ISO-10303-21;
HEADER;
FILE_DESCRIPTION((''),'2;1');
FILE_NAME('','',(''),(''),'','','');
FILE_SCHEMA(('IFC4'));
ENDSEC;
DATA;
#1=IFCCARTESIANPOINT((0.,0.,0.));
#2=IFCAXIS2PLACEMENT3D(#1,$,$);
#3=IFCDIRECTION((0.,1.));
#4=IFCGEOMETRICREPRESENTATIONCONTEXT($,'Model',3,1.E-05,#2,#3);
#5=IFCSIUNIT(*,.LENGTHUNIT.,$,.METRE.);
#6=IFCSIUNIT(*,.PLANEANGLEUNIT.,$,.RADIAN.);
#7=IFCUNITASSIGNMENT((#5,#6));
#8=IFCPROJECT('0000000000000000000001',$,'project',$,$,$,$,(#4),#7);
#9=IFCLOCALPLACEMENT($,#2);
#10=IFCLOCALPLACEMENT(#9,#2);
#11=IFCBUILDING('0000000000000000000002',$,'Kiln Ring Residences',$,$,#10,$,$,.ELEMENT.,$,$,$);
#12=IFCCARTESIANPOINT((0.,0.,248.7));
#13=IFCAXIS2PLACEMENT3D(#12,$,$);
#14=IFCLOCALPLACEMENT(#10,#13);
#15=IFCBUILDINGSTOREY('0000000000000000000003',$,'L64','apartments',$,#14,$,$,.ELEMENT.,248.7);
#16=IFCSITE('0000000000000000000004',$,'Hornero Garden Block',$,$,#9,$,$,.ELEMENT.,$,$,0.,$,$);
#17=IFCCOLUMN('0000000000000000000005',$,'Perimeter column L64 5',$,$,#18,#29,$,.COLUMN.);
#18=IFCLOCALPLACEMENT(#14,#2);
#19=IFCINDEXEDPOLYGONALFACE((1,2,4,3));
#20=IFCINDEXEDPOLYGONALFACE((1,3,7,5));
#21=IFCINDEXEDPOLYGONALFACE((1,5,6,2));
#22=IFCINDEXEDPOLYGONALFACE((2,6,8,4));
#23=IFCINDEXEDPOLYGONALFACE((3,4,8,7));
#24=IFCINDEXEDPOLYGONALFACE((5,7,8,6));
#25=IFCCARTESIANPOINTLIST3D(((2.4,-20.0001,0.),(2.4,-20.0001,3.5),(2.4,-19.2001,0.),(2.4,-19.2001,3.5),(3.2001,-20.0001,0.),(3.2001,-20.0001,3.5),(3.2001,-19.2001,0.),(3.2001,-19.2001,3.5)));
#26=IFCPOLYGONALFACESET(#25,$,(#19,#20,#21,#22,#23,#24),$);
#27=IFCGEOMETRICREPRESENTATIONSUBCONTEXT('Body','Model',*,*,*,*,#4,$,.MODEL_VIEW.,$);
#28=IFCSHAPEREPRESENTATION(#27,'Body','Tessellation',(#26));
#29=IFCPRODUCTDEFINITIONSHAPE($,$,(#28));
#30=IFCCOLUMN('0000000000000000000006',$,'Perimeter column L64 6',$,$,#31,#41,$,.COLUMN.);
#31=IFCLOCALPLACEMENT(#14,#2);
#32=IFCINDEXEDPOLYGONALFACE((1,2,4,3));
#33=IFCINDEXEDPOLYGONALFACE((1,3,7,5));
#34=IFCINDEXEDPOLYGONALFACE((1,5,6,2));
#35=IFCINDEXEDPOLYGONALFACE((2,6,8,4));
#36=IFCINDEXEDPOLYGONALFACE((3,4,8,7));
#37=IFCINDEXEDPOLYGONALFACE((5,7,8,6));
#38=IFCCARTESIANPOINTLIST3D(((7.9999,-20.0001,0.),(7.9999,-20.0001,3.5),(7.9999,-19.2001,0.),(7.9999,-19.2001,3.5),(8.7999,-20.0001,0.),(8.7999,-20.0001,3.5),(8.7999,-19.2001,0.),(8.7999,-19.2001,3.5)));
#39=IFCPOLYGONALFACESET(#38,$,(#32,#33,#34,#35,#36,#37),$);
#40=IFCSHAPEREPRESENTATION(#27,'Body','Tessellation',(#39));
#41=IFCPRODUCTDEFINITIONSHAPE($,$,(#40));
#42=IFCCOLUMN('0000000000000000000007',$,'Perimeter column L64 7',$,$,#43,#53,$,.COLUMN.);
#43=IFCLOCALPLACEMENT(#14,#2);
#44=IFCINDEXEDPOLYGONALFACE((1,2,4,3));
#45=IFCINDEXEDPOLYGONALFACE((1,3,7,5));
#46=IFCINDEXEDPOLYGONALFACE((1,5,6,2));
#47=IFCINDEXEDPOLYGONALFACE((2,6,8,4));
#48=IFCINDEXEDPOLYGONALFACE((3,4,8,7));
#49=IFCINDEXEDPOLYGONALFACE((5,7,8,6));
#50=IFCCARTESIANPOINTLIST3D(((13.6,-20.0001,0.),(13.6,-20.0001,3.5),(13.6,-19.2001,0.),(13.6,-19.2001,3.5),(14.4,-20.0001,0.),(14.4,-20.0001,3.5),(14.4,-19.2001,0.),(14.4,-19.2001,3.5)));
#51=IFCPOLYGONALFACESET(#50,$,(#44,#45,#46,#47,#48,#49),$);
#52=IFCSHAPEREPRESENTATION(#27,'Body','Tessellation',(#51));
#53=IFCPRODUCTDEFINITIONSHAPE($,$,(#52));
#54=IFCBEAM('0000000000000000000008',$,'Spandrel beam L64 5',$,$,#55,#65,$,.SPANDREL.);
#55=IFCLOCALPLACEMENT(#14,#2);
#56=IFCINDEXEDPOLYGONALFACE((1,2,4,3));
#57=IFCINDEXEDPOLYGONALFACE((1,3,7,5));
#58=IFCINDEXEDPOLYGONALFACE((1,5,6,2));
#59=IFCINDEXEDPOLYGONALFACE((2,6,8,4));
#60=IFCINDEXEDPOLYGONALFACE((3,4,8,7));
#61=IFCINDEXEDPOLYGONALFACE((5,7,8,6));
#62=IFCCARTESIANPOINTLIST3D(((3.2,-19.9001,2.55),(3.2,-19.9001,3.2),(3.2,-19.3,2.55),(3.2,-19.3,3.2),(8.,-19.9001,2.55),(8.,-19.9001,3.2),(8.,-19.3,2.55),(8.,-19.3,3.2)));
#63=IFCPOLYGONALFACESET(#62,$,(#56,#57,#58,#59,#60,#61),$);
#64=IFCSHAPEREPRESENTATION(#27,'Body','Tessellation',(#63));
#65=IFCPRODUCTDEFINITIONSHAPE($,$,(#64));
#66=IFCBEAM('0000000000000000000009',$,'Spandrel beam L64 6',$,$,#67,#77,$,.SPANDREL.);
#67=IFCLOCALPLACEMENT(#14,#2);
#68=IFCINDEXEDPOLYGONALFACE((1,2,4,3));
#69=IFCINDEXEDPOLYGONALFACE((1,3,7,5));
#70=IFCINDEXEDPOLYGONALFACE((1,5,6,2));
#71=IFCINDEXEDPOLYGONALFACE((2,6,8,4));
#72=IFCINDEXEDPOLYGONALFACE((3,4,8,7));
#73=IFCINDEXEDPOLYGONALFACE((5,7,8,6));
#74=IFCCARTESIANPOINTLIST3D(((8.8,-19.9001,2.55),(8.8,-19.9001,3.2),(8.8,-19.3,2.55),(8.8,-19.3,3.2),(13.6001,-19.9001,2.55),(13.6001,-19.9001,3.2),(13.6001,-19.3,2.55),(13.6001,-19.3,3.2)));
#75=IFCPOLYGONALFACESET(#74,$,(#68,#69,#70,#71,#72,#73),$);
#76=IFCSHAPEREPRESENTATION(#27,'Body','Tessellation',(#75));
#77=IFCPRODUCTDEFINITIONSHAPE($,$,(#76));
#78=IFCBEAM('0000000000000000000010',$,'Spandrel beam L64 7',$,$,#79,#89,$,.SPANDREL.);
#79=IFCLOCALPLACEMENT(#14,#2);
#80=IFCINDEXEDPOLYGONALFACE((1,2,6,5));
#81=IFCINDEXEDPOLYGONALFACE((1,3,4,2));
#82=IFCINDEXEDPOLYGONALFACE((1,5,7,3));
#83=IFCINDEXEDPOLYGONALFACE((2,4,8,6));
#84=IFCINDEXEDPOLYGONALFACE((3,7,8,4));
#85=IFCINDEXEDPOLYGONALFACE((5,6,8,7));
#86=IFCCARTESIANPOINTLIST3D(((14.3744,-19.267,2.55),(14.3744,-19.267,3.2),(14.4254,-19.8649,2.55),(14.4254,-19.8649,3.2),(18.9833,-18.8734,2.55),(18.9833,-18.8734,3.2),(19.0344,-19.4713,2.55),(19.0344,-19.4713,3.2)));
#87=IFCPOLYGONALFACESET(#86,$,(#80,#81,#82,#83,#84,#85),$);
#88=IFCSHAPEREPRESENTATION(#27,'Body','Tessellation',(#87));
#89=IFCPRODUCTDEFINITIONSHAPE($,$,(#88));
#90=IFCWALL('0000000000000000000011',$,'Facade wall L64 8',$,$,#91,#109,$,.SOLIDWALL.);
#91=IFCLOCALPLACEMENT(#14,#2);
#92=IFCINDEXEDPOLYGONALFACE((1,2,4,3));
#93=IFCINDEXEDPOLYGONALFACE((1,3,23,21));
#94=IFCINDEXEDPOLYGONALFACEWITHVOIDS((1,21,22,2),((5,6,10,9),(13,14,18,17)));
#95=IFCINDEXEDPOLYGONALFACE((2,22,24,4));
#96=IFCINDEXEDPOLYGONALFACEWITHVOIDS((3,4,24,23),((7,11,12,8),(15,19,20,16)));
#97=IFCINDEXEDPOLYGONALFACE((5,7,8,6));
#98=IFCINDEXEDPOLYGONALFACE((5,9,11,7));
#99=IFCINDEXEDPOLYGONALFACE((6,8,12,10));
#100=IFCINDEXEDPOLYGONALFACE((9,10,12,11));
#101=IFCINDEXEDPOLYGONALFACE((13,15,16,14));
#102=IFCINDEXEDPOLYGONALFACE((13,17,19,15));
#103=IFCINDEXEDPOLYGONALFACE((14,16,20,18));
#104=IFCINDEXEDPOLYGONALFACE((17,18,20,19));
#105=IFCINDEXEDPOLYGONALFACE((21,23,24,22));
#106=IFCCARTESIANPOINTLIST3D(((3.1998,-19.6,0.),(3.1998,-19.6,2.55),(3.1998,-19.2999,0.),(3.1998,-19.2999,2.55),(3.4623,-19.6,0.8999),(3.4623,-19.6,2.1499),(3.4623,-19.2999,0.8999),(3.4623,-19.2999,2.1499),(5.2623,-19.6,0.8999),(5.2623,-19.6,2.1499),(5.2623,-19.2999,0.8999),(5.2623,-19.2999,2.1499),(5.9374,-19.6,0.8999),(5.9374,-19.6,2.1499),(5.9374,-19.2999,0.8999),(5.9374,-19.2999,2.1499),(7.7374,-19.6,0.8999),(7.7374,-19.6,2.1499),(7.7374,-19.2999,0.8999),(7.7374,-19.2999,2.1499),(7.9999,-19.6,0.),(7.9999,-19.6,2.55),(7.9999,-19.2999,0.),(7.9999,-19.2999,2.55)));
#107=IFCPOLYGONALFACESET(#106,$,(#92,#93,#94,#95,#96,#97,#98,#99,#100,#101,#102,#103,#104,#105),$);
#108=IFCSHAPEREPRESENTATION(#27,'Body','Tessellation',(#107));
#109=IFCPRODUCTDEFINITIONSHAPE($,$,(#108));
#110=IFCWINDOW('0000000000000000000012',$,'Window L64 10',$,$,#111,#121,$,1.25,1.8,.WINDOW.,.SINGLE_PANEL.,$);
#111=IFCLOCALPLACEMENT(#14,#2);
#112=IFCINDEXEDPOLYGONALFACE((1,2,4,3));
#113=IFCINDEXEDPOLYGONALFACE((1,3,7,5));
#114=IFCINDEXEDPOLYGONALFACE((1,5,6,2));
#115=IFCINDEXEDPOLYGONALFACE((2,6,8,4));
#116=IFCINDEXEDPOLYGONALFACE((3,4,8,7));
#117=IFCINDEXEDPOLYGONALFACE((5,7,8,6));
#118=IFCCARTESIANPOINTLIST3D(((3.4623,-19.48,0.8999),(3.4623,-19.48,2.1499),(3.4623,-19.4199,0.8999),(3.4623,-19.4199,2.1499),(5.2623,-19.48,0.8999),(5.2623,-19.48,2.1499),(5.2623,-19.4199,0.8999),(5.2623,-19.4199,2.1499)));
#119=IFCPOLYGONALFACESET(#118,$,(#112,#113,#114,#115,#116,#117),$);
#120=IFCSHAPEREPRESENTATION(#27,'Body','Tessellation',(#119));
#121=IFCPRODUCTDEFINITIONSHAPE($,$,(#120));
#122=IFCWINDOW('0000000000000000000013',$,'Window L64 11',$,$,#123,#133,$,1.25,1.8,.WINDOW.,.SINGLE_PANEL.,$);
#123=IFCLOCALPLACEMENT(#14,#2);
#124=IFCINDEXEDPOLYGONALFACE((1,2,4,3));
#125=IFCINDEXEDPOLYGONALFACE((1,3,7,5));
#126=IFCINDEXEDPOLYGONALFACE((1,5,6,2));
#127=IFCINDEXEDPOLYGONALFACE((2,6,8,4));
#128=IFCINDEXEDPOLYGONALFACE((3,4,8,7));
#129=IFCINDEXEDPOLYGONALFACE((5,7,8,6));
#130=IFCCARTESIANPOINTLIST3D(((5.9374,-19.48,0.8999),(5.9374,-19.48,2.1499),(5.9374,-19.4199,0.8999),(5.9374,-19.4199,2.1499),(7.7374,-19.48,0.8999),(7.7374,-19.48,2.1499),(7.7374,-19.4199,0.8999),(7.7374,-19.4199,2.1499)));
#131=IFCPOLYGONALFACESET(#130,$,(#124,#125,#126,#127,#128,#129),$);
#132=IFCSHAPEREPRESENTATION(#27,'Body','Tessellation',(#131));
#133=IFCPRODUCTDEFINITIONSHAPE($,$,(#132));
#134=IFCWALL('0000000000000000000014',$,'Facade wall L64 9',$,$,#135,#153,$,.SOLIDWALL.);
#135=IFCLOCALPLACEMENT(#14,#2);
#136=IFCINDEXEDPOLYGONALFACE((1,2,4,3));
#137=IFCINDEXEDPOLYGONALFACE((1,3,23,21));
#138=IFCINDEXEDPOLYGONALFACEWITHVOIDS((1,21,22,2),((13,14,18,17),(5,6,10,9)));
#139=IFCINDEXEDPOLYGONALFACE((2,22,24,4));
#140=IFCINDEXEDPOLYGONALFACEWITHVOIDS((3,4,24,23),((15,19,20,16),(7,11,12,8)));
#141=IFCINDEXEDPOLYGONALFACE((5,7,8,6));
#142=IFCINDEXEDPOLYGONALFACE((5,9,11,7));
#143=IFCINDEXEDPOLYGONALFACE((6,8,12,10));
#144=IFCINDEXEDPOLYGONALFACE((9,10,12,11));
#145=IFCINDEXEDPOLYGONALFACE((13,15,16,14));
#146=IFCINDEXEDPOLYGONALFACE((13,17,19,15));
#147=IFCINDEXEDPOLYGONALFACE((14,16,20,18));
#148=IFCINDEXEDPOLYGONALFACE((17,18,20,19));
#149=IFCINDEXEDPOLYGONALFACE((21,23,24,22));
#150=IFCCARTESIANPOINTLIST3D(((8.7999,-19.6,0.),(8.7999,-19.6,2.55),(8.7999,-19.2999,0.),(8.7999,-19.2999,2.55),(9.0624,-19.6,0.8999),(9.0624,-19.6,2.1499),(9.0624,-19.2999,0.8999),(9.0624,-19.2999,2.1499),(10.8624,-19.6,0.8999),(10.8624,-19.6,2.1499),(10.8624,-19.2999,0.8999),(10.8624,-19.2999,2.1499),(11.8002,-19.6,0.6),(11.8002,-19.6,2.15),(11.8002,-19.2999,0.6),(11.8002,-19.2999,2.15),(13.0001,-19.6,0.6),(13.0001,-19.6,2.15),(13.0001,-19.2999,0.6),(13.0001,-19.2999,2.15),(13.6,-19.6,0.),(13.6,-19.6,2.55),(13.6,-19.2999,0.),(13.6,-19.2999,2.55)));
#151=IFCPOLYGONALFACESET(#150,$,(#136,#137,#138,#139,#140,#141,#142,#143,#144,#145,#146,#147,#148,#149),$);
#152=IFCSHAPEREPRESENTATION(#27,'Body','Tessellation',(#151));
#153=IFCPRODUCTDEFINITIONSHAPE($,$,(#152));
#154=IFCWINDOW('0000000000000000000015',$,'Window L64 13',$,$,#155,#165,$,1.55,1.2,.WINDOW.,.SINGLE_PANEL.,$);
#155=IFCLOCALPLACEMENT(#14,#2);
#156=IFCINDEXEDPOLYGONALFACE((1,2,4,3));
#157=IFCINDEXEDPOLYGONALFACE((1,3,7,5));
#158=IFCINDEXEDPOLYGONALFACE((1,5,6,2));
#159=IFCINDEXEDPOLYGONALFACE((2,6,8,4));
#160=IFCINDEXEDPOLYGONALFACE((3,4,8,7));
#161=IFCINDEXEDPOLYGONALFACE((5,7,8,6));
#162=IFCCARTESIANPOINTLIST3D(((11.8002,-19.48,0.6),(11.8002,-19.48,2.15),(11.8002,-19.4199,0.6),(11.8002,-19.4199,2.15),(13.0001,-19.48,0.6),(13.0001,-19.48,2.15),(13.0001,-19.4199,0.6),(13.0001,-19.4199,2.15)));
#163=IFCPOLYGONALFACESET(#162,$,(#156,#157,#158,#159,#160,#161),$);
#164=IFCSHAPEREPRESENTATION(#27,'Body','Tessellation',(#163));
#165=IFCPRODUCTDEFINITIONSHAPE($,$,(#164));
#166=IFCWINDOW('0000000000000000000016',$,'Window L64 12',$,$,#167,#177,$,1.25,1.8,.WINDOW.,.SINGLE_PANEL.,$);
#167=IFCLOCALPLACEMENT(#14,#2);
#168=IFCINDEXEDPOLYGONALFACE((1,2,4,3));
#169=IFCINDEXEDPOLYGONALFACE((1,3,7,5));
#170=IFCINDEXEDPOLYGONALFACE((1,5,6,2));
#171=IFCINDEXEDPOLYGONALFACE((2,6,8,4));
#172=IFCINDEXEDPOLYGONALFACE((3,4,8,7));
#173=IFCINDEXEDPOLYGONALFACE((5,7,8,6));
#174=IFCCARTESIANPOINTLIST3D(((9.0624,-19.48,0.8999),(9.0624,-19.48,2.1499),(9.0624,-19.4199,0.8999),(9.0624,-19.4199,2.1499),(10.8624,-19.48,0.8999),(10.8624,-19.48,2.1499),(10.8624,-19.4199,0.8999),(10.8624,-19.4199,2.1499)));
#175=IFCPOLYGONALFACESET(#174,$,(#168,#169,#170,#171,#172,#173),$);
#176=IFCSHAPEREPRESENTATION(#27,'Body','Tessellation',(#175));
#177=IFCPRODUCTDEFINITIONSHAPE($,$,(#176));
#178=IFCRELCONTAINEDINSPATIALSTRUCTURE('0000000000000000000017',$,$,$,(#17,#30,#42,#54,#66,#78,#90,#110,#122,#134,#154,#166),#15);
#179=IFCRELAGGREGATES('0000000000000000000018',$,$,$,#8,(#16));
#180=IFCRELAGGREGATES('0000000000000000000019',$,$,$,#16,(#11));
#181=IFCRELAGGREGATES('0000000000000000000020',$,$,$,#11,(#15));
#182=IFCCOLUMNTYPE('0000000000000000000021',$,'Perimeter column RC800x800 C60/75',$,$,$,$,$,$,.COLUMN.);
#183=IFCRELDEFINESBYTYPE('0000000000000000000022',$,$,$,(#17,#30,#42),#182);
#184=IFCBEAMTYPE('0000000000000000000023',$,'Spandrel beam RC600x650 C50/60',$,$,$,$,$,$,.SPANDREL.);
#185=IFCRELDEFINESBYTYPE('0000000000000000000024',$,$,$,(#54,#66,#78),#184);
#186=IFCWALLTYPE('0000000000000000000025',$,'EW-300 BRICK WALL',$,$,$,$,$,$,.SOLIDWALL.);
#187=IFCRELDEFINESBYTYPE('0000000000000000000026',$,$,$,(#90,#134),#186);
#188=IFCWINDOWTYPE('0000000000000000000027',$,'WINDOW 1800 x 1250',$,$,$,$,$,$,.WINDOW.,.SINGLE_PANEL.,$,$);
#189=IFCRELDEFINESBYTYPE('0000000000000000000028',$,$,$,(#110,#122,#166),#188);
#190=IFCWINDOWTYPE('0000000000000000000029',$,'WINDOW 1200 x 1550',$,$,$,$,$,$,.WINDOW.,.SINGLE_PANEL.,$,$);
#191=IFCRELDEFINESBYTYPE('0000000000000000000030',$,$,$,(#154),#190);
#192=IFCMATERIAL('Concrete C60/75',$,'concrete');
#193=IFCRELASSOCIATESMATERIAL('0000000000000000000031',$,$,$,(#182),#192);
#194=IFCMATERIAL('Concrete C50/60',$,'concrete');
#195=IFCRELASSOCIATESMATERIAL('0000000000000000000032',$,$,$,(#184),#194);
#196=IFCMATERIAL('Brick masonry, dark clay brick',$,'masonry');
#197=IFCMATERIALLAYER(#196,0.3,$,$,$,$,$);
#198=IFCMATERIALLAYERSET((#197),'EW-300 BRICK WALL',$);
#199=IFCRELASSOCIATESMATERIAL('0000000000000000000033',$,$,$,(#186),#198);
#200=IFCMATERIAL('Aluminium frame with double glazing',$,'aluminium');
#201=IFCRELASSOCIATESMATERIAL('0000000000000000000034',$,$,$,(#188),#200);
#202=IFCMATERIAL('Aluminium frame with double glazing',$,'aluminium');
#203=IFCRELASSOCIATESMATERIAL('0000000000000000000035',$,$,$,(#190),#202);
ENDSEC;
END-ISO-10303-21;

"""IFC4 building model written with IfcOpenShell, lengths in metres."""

from ifc_helpers import new_model, si_unit, direction, frame, frame_2d, origin, origin_2d, place, context, subcontext, project, spatial, rectangle, extrude, material, layer, layer_set, material_profile, profile_set, type_object, element, fill, save


model = new_model("IFC4")

# Units and contexts
model_context = context("Model", 3, precision=1e-05, world=origin(), true_north=direction((0.0, 1.0)))
body_context = subcontext(model_context, "Body", "Model", "MODEL_VIEW")
ifc_project = project(units=[si_unit("LENGTHUNIT", "METRE"), si_unit("PLANEANGLEUNIT", "RADIAN")], contexts=[model_context])

# Site, building, storey
site_placement = place(None, origin())
site = spatial("IfcSite", under=ifc_project, at=site_placement, Name="Hornero Garden Block", CompositionType="ELEMENT", RefElevation=0.0)
building_placement = place(site_placement, origin())
building = spatial("IfcBuilding", under=site, at=building_placement, Name="Kiln Ring Residences", CompositionType="ELEMENT")
storey_placement = place(building_placement, frame((0.0, 0.0, 248.7)))
storey = spatial("IfcBuildingStorey", under=building, at=storey_placement, Name="L64", Description="apartments", CompositionType="ELEMENT", Elevation=248.7)

# Columns
ifc_material_1 = material(Name="Concrete C60/75", Category="concrete")
ifc_material_profile_1 = material_profile(ifc_material_1, rectangle(XDim=0.8, YDim=0.8, at=origin_2d()), Name="RC800x800")
ifc_profile_set_1 = profile_set([ifc_material_profile_1], Name="Concrete C60/75")
column_type = type_object("IfcColumnType", Name="Perimeter column RC800x800 C60/75", PredefinedType="COLUMN", material=ifc_profile_set_1)
for number, where, z_axis, x_axis, name in (
    (1, (2.8, -19.6001, 0.0), (0.0, 0.0, 1.0), (1.0, 0.0, 0.0), "Perimeter column L64 5"),
    (2, (8.3999, -19.6001, 0.0), (0.0, 0.0, 1.0), (1.0, 0.0, 0.0), "Perimeter column L64 6"),
    (3, (14.0, -19.6001, 0.0), (0.0, 0.0, 1.0), (1.0, 0.0, 0.0), "Perimeter column L64 7"),
):
    element("IfcColumn", number, at=place(storey_placement, frame(where, z_axis=z_axis, x_axis=x_axis)), inside=storey, type_object=column_type, Name=name, PredefinedType="COLUMN", context=body_context, shape_type="SweptSolid", body=[
        extrude(rectangle(XDim=0.8, YDim=0.8, at=origin_2d()), origin(), (0.0, 0.0, 1.0), 3.5),
    ])

# Beams
ifc_material_2 = material(Name="Concrete C50/60", Category="concrete")
ifc_material_profile_2 = material_profile(ifc_material_2, rectangle(XDim=0.6001, YDim=0.6499, at=origin_2d()), Name="RC600x650")
ifc_profile_set_2 = profile_set([ifc_material_profile_2], Name="Concrete C50/60")
beam_type = type_object("IfcBeamType", Name="Spandrel beam RC600x650 C50/60", PredefinedType="SPANDREL", material=ifc_profile_set_2)
for number, where, z_axis, x_axis, name in (
    (4, (3.2, -19.6001, 2.875), (1.0, 0.0, 0.0), (0.0, 1.0, 0.0), "Spandrel beam L64 5"),
    (5, (8.8, -19.6001, 2.875), (1.0, 0.0, 0.0), (0.0, 1.0, 0.0), "Spandrel beam L64 6"),
):
    element("IfcBeam", number, at=place(storey_placement, frame(where, z_axis=z_axis, x_axis=x_axis)), inside=storey, type_object=beam_type, Name=name, PredefinedType="SPANDREL", context=body_context, shape_type="SweptSolid", body=[
        extrude(rectangle(XDim=0.6001, YDim=0.6499, at=origin_2d()), origin(), (0.0, 0.0, 1.0), 4.8),
    ])
beam_placement = place(storey_placement, frame((14.3999, -19.5659, 2.875), z_axis=(0.996374, 0.085081, 0.0), x_axis=(-0.085081, 0.996374, 0.0)))
element("IfcBeam", 6, at=beam_placement, inside=storey, type_object=beam_type, Name="Spandrel beam L64 7", PredefinedType="SPANDREL", context=body_context, shape_type="SweptSolid", body=[
    extrude(rectangle(XDim=0.6001, YDim=0.6499, at=origin_2d()), origin(), (0.0, 0.0, 1.0), 4.6257),
])

# Walls, openings, windows
ifc_material_3 = material(Name="Brick masonry, dark clay brick", Category="masonry")
ifc_layer_1 = layer(ifc_material_3, 0.3)
ifc_layer_set_1 = layer_set([ifc_layer_1], Name="EW-300 BRICK WALL")
wall_type_1 = type_object("IfcWallType", Name="EW-300 BRICK WALL", PredefinedType="SOLIDWALL", material=ifc_layer_set_1)
wall_1_placement = place(storey_placement, frame((3.2, -19.45, 0.0), z_axis=(0.0, 0.0, 1.0), x_axis=(1.0, 0.0, 0.0)))
wall_1 = element("IfcWall", 7, at=wall_1_placement, inside=storey, type_object=wall_type_1, Name="Facade wall L64 8", PredefinedType="SOLIDWALL", context=body_context, shape_type="SweptSolid", body=[
    extrude(rectangle(XDim=4.8, YDim=0.3, at=frame_2d((2.3999, 0.0))), origin(), (0.0, 0.0, 1.0), 2.55),
])
opening_1_placement = place(wall_1_placement, frame((0.2625, 0.0, 0.8999)))
opening_1 = element("IfcOpeningElement", 8, at=opening_1_placement, cuts=wall_1, PredefinedType="OPENING", context=body_context, shape_type="SweptSolid", body=[
    extrude(rectangle(XDim=1.8, YDim=1.25, at=frame_2d((0.8999, 0.625))), frame((0.0, 0.1599, 0.0), z_axis=(0.0, -1.0, 0.0), x_axis=(1.0, 0.0, 0.0)), (0.0, 0.0, 1.0), 0.3201),
])
opening_2_placement = place(wall_1_placement, frame((2.7375, 0.0, 0.8999)))
opening_2 = element("IfcOpeningElement", 9, at=opening_2_placement, cuts=wall_1, PredefinedType="OPENING", context=body_context, shape_type="SweptSolid", body=[
    extrude(rectangle(XDim=1.8, YDim=1.25, at=frame_2d((0.8999, 0.625))), frame((0.0, 0.1599, 0.0), z_axis=(0.0, -1.0, 0.0), x_axis=(1.0, 0.0, 0.0)), (0.0, 0.0, 1.0), 0.3201),
])
ifc_material_4 = material(Name="Aluminium frame with double glazing", Category="aluminium")
window_type_1 = type_object("IfcWindowType", Name="WINDOW 1800 x 1250", PartitioningType="SINGLE_PANEL", PredefinedType="WINDOW", material=ifc_material_4)
window_1_placement = place(opening_1_placement, origin())
window_1 = element("IfcWindow", 10, at=window_1_placement, inside=storey, type_object=window_type_1, Name="Window L64 10", OverallHeight=1.25, OverallWidth=1.8, PartitioningType="SINGLE_PANEL", PredefinedType="WINDOW", context=body_context, shape_type="SweptSolid", body=[
    extrude(rectangle(XDim=1.8, YDim=1.25, at=frame_2d((0.8999, 0.625))), frame((0.0, 0.03, 0.0), z_axis=(0.0, -1.0, 0.0), x_axis=(1.0, 0.0, 0.0)), (0.0, 0.0, 1.0), 0.0601),
])
fill(opening_1, window_1)
window_2_placement = place(opening_2_placement, origin())
window_2 = element("IfcWindow", 11, at=window_2_placement, inside=storey, type_object=window_type_1, Name="Window L64 11", OverallHeight=1.25, OverallWidth=1.8, PartitioningType="SINGLE_PANEL", PredefinedType="WINDOW", context=body_context, shape_type="SweptSolid", body=[
    extrude(rectangle(XDim=1.8, YDim=1.25, at=frame_2d((0.8999, 0.625))), frame((0.0, 0.03, 0.0), z_axis=(0.0, -1.0, 0.0), x_axis=(1.0, 0.0, 0.0)), (0.0, 0.0, 1.0), 0.0601),
])
fill(opening_2, window_2)
wall_2_placement = place(storey_placement, frame((8.8, -19.45, 0.0), z_axis=(0.0, 0.0, 1.0), x_axis=(1.0, 0.0, 0.0)))
wall_2 = element("IfcWall", 12, at=wall_2_placement, inside=storey, type_object=wall_type_1, Name="Facade wall L64 9", PredefinedType="SOLIDWALL", context=body_context, shape_type="SweptSolid", body=[
    extrude(rectangle(XDim=4.8, YDim=0.3, at=frame_2d((2.3999, 0.0))), origin(), (0.0, 0.0, 1.0), 2.55),
])
opening_3_placement = place(wall_2_placement, frame((0.2625, 0.0, 0.8999)))
opening_3 = element("IfcOpeningElement", 13, at=opening_3_placement, cuts=wall_2, PredefinedType="OPENING", context=body_context, shape_type="SweptSolid", body=[
    extrude(rectangle(XDim=1.8, YDim=1.25, at=frame_2d((0.8999, 0.625))), frame((0.0, 0.1599, 0.0), z_axis=(0.0, -1.0, 0.0), x_axis=(1.0, 0.0, 0.0)), (0.0, 0.0, 1.0), 0.3201),
])
opening_4_placement = place(wall_2_placement, frame((3.0, 0.0, 0.6001)))
opening_4 = element("IfcOpeningElement", 14, at=opening_4_placement, cuts=wall_2, PredefinedType="OPENING", context=body_context, shape_type="SweptSolid", body=[
    extrude(rectangle(XDim=1.2, YDim=1.55, at=frame_2d((0.6001, 0.7749))), frame((0.0, 0.1599, 0.0), z_axis=(0.0, -1.0, 0.0), x_axis=(1.0, 0.0, 0.0)), (0.0, 0.0, 1.0), 0.3201),
])
ifc_material_5 = material(Name="Aluminium frame with double glazing", Category="aluminium")
window_type_2 = type_object("IfcWindowType", Name="WINDOW 1200 x 1550", PartitioningType="SINGLE_PANEL", PredefinedType="WINDOW", material=ifc_material_5)
window_3_placement = place(opening_4_placement, origin())
window_3 = element("IfcWindow", 15, at=window_3_placement, inside=storey, type_object=window_type_2, Name="Window L64 13", OverallHeight=1.55, OverallWidth=1.2, PartitioningType="SINGLE_PANEL", PredefinedType="WINDOW", context=body_context, shape_type="SweptSolid", body=[
    extrude(rectangle(XDim=1.2, YDim=1.55, at=frame_2d((0.6001, 0.7749))), frame((0.0, 0.03, 0.0), z_axis=(0.0, -1.0, 0.0), x_axis=(1.0, 0.0, 0.0)), (0.0, 0.0, 1.0), 0.0601),
])
fill(opening_4, window_3)
window_4_placement = place(opening_3_placement, origin())
window_4 = element("IfcWindow", 16, at=window_4_placement, inside=storey, type_object=window_type_1, Name="Window L64 12", OverallHeight=1.25, OverallWidth=1.8, PartitioningType="SINGLE_PANEL", PredefinedType="WINDOW", context=body_context, shape_type="SweptSolid", body=[
    extrude(rectangle(XDim=1.8, YDim=1.25, at=frame_2d((0.8999, 0.625))), frame((0.0, 0.03, 0.0), z_axis=(0.0, -1.0, 0.0), x_axis=(1.0, 0.0, 0.0)), (0.0, 0.0, 1.0), 0.0601),
])
fill(opening_3, window_4)

save(model, "model.ifc")
